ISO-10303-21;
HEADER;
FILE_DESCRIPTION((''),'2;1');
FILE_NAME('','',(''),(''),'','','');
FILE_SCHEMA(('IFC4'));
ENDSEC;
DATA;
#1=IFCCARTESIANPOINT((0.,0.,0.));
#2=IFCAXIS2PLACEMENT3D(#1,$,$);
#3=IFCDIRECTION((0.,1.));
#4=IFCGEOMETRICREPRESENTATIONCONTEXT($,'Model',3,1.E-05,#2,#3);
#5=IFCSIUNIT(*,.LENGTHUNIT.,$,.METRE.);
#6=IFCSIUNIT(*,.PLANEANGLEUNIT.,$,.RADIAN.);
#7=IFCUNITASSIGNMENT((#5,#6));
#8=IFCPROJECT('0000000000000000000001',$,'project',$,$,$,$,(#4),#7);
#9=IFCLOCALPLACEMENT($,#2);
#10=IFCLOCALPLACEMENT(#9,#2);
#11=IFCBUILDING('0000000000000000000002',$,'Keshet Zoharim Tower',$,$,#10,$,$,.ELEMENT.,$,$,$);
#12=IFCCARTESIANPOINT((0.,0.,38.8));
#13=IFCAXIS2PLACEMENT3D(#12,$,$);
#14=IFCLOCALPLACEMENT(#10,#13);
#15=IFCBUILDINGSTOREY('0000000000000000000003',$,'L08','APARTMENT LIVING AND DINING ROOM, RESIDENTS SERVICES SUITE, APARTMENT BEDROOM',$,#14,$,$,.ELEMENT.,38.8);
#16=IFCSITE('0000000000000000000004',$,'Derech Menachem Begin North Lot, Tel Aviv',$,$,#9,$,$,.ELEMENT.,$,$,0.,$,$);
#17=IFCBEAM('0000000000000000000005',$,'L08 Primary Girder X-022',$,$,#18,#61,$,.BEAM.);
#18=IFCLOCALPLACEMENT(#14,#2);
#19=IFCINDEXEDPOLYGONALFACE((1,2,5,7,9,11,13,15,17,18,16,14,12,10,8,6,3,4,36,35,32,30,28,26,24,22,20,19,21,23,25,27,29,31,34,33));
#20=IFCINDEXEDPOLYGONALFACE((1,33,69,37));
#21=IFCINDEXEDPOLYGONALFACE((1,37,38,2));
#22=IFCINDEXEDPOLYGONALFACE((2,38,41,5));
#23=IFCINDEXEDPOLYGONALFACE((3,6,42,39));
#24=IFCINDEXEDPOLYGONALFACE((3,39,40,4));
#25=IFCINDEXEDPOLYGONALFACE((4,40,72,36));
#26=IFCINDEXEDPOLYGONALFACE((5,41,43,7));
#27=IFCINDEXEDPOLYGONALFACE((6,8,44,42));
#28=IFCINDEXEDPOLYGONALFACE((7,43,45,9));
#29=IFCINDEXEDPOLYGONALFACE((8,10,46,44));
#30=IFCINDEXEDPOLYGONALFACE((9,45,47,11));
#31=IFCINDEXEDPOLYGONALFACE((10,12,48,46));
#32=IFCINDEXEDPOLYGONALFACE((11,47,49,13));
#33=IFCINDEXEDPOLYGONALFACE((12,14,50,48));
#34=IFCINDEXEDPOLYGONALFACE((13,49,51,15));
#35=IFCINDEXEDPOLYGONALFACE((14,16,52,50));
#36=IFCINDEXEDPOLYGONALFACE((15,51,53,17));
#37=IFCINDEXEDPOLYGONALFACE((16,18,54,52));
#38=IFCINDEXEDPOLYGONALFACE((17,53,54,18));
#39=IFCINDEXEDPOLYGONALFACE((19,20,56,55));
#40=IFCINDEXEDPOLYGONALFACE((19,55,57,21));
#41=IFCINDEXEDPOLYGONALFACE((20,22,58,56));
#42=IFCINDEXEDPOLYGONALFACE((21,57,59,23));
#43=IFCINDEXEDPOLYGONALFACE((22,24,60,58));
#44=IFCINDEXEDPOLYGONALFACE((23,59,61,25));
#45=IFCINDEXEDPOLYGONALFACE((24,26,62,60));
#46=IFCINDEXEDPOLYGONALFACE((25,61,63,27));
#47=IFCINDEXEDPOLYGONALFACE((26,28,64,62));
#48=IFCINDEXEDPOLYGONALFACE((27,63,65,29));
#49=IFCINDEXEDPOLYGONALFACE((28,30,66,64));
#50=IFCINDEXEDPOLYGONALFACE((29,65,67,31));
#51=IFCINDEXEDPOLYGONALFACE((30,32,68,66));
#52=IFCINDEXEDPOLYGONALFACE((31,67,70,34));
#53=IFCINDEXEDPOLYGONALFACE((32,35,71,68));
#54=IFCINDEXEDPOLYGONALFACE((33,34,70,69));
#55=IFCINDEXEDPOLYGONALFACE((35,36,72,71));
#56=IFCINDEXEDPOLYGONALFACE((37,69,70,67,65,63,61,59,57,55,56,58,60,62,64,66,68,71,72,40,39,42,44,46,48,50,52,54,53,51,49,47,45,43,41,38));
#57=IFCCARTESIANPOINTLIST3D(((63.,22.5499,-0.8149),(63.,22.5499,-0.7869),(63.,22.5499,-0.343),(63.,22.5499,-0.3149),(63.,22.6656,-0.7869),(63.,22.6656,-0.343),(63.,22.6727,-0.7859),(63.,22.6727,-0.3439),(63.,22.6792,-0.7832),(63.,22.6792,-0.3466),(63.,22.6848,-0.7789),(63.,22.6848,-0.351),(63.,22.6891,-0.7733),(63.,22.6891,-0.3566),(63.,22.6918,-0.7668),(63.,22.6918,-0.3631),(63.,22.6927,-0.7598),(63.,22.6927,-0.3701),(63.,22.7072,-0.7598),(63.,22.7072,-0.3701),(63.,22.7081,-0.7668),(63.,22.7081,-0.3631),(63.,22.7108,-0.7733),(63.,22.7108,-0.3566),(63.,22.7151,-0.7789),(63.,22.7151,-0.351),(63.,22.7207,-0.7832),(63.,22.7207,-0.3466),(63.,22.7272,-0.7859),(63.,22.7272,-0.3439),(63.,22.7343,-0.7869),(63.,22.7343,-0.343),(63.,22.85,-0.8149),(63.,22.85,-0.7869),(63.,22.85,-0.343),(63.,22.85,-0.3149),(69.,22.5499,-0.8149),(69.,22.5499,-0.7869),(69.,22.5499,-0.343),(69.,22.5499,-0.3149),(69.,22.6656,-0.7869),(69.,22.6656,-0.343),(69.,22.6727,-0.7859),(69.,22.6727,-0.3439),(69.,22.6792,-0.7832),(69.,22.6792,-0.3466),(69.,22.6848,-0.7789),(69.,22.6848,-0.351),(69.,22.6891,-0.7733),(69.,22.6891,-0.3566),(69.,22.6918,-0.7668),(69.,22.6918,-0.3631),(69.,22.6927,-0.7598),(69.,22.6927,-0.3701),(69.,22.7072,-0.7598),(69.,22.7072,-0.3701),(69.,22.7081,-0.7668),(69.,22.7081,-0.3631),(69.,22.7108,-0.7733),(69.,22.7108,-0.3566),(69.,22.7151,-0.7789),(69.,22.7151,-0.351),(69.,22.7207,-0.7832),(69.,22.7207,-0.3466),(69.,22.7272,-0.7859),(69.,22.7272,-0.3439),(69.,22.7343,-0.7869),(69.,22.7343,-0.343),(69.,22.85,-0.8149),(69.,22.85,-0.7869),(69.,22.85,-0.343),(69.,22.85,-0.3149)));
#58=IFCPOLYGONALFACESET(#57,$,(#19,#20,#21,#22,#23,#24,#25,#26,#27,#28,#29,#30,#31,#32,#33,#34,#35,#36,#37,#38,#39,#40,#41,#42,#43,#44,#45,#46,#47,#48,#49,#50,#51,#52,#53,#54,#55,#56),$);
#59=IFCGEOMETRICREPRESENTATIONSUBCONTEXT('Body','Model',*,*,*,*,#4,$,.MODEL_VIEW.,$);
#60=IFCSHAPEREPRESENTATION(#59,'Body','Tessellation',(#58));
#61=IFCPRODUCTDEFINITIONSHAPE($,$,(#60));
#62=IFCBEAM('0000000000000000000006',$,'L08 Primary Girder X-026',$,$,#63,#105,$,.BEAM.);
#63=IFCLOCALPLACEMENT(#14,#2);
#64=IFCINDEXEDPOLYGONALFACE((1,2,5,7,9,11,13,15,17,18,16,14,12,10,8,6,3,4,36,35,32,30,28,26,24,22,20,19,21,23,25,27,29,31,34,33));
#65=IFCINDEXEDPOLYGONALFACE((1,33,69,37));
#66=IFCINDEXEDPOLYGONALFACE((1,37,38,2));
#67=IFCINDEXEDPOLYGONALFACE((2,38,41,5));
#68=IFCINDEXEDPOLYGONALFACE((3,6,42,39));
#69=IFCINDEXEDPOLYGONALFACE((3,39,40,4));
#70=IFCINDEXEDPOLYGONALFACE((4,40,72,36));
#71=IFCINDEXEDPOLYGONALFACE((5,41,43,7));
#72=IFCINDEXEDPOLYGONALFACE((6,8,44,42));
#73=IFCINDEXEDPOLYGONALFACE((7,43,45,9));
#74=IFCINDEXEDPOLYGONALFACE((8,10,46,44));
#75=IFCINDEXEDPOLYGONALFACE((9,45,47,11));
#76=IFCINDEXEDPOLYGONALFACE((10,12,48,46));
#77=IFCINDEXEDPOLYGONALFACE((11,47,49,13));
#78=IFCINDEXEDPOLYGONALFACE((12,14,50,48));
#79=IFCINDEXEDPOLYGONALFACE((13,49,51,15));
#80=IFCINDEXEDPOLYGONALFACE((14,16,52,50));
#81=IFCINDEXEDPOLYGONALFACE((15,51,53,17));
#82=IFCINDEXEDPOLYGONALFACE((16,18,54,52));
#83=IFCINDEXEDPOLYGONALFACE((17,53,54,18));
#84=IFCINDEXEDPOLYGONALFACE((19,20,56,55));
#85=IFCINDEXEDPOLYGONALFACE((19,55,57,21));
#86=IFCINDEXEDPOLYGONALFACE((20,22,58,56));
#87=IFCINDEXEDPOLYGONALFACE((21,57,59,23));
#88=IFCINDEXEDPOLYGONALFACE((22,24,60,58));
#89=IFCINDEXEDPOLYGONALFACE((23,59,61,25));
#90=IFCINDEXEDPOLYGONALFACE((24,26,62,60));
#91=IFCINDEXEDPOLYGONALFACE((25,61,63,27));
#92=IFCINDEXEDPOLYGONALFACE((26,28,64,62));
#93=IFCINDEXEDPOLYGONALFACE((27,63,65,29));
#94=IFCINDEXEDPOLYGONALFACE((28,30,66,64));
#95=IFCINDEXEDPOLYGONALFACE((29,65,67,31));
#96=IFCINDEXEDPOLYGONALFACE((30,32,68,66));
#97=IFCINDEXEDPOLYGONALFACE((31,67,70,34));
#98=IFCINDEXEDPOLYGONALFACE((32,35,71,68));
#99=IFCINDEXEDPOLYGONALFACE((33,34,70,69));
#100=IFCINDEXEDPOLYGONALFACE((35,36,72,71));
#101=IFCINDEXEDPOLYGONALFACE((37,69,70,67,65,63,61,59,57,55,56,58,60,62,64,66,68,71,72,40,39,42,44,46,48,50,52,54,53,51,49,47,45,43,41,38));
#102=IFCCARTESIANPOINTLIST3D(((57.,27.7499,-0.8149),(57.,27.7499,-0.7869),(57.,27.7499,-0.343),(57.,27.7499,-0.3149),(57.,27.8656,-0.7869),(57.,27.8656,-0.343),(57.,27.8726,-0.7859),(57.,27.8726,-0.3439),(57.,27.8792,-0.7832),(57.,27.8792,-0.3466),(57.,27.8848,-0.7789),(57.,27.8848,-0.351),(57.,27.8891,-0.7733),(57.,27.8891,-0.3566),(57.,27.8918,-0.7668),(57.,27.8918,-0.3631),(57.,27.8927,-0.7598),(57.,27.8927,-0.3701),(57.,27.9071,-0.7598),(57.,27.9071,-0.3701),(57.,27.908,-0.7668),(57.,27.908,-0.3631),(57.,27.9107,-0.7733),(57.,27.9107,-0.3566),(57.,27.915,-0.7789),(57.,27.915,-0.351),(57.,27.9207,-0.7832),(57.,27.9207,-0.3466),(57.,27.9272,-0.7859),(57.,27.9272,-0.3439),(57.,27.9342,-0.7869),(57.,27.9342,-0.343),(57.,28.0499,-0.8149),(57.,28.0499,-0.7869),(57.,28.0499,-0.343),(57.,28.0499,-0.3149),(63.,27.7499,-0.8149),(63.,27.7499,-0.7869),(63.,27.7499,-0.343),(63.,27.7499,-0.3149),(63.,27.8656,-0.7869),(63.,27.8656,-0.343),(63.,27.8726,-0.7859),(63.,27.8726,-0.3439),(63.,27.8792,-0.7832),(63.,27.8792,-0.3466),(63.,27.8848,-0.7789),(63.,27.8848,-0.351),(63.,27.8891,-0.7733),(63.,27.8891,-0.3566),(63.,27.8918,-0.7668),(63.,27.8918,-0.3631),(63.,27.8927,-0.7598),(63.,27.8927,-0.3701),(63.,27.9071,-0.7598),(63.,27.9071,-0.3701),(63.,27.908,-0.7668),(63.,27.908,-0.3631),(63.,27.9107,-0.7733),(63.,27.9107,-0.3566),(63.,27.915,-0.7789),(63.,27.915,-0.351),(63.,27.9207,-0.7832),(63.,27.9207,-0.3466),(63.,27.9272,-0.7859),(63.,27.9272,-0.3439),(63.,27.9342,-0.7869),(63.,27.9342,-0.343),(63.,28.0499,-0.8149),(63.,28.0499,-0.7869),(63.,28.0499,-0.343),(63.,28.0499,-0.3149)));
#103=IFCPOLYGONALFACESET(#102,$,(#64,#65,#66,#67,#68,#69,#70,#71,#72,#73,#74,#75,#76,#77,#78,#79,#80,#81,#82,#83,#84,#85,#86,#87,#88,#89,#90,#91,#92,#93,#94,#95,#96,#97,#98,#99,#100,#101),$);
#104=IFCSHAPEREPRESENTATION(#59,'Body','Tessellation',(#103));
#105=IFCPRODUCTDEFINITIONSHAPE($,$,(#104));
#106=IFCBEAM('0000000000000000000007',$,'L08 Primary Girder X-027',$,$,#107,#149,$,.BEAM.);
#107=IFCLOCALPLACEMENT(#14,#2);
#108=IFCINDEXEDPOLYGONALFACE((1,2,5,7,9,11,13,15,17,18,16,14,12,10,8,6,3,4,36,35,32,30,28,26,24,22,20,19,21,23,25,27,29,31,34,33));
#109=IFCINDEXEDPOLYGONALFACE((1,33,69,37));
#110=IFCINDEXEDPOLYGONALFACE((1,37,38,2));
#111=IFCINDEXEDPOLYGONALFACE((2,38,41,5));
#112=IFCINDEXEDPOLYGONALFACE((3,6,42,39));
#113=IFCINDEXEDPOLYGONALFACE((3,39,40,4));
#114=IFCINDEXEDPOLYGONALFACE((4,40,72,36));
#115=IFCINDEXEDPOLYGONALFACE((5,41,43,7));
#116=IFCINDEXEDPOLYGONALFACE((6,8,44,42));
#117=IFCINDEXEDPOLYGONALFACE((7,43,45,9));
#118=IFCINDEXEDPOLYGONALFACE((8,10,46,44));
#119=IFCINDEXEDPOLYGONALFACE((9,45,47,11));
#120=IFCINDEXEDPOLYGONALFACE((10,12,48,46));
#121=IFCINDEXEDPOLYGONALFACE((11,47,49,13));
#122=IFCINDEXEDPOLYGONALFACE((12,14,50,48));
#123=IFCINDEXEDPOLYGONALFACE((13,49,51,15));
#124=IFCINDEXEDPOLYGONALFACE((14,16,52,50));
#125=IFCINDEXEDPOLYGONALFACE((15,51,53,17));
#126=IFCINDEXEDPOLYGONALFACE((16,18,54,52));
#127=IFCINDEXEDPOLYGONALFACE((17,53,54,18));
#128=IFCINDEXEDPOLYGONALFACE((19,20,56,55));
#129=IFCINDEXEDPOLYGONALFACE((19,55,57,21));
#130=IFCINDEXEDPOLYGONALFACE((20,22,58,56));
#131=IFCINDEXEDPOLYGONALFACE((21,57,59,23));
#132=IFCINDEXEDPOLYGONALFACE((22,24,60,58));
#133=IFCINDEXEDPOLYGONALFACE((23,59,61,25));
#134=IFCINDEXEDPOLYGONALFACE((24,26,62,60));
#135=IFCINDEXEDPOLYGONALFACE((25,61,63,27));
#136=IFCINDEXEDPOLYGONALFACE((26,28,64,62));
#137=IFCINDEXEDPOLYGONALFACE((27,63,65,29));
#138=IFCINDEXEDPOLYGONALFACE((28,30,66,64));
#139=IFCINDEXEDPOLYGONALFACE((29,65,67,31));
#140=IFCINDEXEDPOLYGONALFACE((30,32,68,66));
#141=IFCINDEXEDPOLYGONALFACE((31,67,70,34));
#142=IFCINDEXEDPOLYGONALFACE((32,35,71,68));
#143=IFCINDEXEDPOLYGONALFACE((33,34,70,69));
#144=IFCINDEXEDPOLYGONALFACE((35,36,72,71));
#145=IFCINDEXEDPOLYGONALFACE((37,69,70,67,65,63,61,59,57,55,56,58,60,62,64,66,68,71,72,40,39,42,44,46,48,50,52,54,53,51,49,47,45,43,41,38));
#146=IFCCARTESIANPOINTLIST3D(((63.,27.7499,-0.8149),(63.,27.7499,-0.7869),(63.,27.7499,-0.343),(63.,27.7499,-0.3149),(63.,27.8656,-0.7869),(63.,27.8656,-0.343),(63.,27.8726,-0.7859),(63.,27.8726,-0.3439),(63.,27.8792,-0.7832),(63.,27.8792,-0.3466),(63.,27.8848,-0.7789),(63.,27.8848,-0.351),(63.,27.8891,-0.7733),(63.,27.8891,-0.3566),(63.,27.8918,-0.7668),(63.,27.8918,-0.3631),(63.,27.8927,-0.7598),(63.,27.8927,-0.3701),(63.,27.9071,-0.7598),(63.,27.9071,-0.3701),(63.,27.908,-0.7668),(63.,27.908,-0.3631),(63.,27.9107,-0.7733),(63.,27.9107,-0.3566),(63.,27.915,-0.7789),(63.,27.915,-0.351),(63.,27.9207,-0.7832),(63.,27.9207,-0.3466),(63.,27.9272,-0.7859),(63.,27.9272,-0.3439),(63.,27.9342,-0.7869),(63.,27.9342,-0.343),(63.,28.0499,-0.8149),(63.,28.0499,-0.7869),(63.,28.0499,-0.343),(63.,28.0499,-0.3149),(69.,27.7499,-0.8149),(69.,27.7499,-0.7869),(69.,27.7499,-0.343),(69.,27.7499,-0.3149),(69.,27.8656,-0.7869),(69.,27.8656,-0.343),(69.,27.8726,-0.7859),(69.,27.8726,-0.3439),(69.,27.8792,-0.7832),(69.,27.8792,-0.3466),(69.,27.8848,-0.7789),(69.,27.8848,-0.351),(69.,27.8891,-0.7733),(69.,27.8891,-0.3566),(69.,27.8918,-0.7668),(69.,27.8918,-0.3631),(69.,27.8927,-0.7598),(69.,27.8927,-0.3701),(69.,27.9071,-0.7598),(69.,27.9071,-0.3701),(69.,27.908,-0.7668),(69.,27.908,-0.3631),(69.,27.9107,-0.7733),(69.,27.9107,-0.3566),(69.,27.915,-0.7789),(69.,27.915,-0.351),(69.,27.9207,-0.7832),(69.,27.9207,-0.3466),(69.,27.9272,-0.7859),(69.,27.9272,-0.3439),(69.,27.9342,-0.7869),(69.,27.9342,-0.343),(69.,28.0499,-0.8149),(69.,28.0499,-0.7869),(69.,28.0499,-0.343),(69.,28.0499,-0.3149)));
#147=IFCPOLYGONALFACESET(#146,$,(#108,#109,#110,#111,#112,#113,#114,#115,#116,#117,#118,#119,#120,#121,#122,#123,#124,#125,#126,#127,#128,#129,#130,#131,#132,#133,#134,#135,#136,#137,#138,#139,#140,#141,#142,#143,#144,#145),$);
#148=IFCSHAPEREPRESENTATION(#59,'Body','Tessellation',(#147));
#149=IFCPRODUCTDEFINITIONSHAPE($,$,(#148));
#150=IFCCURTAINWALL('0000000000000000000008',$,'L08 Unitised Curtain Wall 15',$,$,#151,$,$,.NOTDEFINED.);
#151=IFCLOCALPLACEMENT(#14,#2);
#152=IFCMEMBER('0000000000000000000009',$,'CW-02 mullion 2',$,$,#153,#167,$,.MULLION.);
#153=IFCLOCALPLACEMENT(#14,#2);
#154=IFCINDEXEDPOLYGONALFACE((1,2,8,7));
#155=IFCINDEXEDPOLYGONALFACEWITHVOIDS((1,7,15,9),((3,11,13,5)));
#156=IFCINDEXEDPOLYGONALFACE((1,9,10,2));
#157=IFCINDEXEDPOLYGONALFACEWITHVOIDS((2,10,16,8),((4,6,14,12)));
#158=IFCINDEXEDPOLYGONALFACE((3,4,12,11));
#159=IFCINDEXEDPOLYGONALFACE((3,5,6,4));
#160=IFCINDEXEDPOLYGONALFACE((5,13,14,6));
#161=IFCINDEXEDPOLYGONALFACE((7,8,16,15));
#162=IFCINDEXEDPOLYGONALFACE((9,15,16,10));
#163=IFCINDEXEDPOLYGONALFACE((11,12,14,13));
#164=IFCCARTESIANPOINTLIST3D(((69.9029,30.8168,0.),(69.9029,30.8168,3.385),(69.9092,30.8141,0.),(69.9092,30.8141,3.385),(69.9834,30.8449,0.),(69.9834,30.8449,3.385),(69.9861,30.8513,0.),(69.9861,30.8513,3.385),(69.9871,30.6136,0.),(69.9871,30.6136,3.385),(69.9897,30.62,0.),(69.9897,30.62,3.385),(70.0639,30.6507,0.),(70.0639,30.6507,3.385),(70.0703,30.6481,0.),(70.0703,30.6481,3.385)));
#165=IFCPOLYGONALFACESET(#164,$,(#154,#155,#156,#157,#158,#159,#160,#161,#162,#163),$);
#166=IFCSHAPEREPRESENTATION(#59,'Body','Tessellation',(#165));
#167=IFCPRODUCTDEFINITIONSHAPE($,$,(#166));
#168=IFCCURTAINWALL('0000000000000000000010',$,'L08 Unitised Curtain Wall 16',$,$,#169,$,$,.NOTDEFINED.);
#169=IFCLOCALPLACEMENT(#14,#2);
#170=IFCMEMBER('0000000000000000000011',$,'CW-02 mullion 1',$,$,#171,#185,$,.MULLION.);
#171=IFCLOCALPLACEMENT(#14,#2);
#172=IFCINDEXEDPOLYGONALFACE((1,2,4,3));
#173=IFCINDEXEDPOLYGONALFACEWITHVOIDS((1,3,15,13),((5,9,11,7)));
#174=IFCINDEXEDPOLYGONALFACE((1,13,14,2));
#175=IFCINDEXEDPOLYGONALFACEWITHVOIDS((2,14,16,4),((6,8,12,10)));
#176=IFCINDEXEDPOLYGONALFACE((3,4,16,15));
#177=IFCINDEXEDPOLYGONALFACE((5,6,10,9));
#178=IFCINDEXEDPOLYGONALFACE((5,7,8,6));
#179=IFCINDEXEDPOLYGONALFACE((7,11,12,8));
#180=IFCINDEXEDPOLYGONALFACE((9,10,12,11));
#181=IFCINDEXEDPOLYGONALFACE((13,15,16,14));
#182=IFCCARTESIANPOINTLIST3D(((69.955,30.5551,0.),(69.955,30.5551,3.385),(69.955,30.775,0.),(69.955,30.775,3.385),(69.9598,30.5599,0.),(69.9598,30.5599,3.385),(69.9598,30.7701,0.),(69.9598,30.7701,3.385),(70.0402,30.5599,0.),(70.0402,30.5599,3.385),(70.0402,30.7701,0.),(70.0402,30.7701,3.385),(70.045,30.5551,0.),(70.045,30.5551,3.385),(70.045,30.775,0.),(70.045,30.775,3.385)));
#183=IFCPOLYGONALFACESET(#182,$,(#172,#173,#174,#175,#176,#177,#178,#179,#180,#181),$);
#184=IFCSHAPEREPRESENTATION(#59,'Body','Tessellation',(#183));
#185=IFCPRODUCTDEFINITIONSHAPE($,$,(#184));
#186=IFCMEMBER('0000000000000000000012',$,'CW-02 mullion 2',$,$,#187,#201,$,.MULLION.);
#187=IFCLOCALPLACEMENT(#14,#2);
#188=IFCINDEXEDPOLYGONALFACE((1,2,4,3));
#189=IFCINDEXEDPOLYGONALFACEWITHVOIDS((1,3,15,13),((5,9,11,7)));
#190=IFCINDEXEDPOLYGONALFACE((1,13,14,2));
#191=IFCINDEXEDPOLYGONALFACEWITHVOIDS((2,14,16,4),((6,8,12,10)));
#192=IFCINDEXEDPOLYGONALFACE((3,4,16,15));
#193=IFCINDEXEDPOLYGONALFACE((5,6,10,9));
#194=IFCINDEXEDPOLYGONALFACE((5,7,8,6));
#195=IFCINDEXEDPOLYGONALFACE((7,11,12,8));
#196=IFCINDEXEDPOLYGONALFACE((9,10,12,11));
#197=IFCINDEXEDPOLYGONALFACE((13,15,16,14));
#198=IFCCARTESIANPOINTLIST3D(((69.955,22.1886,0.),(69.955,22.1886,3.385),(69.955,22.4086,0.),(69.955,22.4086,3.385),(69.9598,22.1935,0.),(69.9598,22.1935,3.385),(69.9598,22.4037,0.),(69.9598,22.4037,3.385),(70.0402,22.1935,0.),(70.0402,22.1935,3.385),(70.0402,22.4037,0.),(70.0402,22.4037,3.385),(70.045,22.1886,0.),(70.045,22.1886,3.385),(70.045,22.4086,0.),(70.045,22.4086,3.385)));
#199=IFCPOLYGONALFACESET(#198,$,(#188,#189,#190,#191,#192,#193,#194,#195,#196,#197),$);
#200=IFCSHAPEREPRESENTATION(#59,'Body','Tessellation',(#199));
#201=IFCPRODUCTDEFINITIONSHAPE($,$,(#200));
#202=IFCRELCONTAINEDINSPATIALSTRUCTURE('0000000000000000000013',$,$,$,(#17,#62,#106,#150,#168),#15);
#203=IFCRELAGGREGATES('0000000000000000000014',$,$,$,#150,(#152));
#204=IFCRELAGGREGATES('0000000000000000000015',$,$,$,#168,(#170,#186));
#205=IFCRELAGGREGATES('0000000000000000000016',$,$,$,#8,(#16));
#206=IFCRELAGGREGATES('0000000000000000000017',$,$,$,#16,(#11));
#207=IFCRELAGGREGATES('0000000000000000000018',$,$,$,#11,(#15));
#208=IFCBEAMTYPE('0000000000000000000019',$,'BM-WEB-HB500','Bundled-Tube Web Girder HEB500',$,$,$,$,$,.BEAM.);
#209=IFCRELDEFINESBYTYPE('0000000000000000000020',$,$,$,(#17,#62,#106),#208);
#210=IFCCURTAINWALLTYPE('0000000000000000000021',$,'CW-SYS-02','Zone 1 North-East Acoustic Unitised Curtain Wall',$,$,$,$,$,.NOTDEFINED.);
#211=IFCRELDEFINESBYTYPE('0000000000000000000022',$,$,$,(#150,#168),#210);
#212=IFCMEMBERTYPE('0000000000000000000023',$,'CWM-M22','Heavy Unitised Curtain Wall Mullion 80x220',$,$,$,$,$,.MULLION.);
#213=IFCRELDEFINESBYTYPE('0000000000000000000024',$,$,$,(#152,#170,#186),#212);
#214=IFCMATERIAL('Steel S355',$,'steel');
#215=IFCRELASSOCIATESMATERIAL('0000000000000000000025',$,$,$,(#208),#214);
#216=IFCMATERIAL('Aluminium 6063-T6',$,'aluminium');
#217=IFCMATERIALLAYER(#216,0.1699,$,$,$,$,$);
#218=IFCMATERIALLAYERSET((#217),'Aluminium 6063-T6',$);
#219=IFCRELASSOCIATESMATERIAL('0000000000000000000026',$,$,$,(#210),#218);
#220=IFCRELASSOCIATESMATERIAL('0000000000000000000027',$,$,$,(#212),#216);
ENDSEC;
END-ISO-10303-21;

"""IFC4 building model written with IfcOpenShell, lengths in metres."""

from ifc_helpers import new_model, si_unit, direction, frame, origin, origin_2d, place, context, subcontext, project, spatial, hollow_rectangle, i_section, extrude, material, layer, layer_set, material_profile, profile_set, type_object, element, aggregate, save


model = new_model("IFC4")

# Units and contexts
model_context = context("Model", 3, precision=1e-05, world=origin(), true_north=direction((0.0, 1.0)))
body_context = subcontext(model_context, "Body", "Model", "MODEL_VIEW")
ifc_project = project(units=[si_unit("LENGTHUNIT", "METRE"), si_unit("PLANEANGLEUNIT", "RADIAN")], contexts=[model_context])

# Site, building, storey
site_placement = place(None, origin())
site = spatial("IfcSite", under=ifc_project, at=site_placement, Name="Derech Menachem Begin North Lot, Tel Aviv", CompositionType="ELEMENT", RefElevation=0.0)
building_placement = place(site_placement, origin())
building = spatial("IfcBuilding", under=site, at=building_placement, Name="Keshet Zoharim Tower", CompositionType="ELEMENT")
storey_placement = place(building_placement, frame((0.0, 0.0, 38.8)))
storey = spatial("IfcBuildingStorey", under=building, at=storey_placement, Name="L08", Description="APARTMENT LIVING AND DINING ROOM, RESIDENTS SERVICES SUITE, APARTMENT BEDROOM", CompositionType="ELEMENT", Elevation=38.8)

# Shared definitions
ifc_material_1 = material(Name="Steel S355", Category="steel")

# Beams
ifc_material_profile_1 = material_profile(ifc_material_1, i_section(OverallWidth=0.3, OverallDepth=0.5, WebThickness=0.0144, FlangeThickness=0.0281, FilletRadius=0.0271, at=origin_2d()), Name="HEB500")
ifc_profile_set_1 = profile_set([ifc_material_profile_1], Name="Steel S355")
beam_type_1 = type_object("IfcBeamType", Name="BM-WEB-HB500", Description="Bundled-Tube Web Girder HEB500", PredefinedType="BEAM", material=ifc_profile_set_1)
for number, where, z_axis, x_axis, name in (
    (1, (63.0, 22.7, -0.5649), (1.0, 0.0, 0.0), (0.0, 1.0, 0.0), "L08 Primary Girder X-022"),
    (2, (57.0, 27.8999, -0.5649), (1.0, 0.0, 0.0), (0.0, 1.0, 0.0), "L08 Primary Girder X-026"),
    (3, (63.0, 27.8999, -0.5649), (1.0, 0.0, 0.0), (0.0, 1.0, 0.0), "L08 Primary Girder X-027"),
):
    element("IfcBeam", number, at=place(storey_placement, frame(where, z_axis=z_axis, x_axis=x_axis)), inside=storey, type_object=beam_type_1, Name=name, PredefinedType="BEAM", context=body_context, shape_type="SweptSolid", body=[
        extrude(i_section(OverallWidth=0.3, OverallDepth=0.5, WebThickness=0.0144, FlangeThickness=0.0281, FilletRadius=0.0271, at=origin_2d()), origin(), (0.0, 0.0, 1.0), 6.0),
    ])

# Curtain wall, member
ifc_material_2 = material(Name="Aluminium 6063-T6", Category="aluminium")
ifc_layer_1 = layer(ifc_material_2, 0.1699)
ifc_layer_set_1 = layer_set([ifc_layer_1], Name="Aluminium 6063-T6")
curtain_wall_type = type_object("IfcCurtainWallType", Name="CW-SYS-02", Description="Zone 1 North-East Acoustic Unitised Curtain Wall", PredefinedType="NOTDEFINED", material=ifc_layer_set_1)
curtain_wall_1_placement = place(storey_placement, origin())
curtain_wall_1 = element("IfcCurtainWall", 4, at=curtain_wall_1_placement, inside=storey, type_object=curtain_wall_type, Name="L08 Unitised Curtain Wall 15", PredefinedType="NOTDEFINED")
ifc_material_profile_2 = material_profile(ifc_material_2, hollow_rectangle(XDim=0.0901, YDim=0.22, WallThickness=0.0049, at=origin_2d()), Name="MUL-90x220")
ifc_profile_set_2 = profile_set([ifc_material_profile_2], Name="Aluminium 6063-T6")
member_type_1 = type_object("IfcMemberType", Name="CWM-M22", Description="Heavy Unitised Curtain Wall Mullion 80x220", PredefinedType="MULLION", material=ifc_profile_set_2)
member_1_placement = place(storey_placement, frame((69.9866, 30.7324, 0.0), z_axis=(0.0, 0.0, 1.0), x_axis=(0.92381, 0.382852, 0.0)))
member_1 = element("IfcMember", 5, at=member_1_placement, type_object=member_type_1, Name="CW-02 mullion 2", PredefinedType="MULLION", context=body_context, shape_type="SweptSolid", body=[
    extrude(hollow_rectangle(XDim=0.0901, YDim=0.22, WallThickness=0.0049, at=origin_2d()), origin(), (0.0, 0.0, 1.0), 3.385),
])

# Curtain wall, members
curtain_wall_2_placement = place(storey_placement, origin())
curtain_wall_2 = element("IfcCurtainWall", 6, at=curtain_wall_2_placement, inside=storey, type_object=curtain_wall_type, Name="L08 Unitised Curtain Wall 16", PredefinedType="NOTDEFINED")
member_2_placement = place(storey_placement, frame((70.0, 30.665, 0.0), z_axis=(0.0, 0.0, 1.0), x_axis=(1.0, 0.0, 0.0)))
member_2 = element("IfcMember", 7, at=member_2_placement, type_object=member_type_1, Name="CW-02 mullion 1", PredefinedType="MULLION", context=body_context, shape_type="SweptSolid", body=[
    extrude(hollow_rectangle(XDim=0.0901, YDim=0.22, WallThickness=0.0049, at=origin_2d()), origin(), (0.0, 0.0, 1.0), 3.385),
])
member_3_placement = place(storey_placement, frame((70.0, 22.2986, 0.0), z_axis=(0.0, 0.0, 1.0), x_axis=(1.0, 0.0, 0.0)))
member_3 = element("IfcMember", 8, at=member_3_placement, type_object=member_type_1, Name="CW-02 mullion 2", PredefinedType="MULLION", context=body_context, shape_type="SweptSolid", body=[
    extrude(hollow_rectangle(XDim=0.0901, YDim=0.22, WallThickness=0.0049, at=origin_2d()), origin(), (0.0, 0.0, 1.0), 3.385),
])

aggregate(curtain_wall_1, [member_1])
aggregate(curtain_wall_2, [member_2, member_3])

save(model, "model.ifc")
